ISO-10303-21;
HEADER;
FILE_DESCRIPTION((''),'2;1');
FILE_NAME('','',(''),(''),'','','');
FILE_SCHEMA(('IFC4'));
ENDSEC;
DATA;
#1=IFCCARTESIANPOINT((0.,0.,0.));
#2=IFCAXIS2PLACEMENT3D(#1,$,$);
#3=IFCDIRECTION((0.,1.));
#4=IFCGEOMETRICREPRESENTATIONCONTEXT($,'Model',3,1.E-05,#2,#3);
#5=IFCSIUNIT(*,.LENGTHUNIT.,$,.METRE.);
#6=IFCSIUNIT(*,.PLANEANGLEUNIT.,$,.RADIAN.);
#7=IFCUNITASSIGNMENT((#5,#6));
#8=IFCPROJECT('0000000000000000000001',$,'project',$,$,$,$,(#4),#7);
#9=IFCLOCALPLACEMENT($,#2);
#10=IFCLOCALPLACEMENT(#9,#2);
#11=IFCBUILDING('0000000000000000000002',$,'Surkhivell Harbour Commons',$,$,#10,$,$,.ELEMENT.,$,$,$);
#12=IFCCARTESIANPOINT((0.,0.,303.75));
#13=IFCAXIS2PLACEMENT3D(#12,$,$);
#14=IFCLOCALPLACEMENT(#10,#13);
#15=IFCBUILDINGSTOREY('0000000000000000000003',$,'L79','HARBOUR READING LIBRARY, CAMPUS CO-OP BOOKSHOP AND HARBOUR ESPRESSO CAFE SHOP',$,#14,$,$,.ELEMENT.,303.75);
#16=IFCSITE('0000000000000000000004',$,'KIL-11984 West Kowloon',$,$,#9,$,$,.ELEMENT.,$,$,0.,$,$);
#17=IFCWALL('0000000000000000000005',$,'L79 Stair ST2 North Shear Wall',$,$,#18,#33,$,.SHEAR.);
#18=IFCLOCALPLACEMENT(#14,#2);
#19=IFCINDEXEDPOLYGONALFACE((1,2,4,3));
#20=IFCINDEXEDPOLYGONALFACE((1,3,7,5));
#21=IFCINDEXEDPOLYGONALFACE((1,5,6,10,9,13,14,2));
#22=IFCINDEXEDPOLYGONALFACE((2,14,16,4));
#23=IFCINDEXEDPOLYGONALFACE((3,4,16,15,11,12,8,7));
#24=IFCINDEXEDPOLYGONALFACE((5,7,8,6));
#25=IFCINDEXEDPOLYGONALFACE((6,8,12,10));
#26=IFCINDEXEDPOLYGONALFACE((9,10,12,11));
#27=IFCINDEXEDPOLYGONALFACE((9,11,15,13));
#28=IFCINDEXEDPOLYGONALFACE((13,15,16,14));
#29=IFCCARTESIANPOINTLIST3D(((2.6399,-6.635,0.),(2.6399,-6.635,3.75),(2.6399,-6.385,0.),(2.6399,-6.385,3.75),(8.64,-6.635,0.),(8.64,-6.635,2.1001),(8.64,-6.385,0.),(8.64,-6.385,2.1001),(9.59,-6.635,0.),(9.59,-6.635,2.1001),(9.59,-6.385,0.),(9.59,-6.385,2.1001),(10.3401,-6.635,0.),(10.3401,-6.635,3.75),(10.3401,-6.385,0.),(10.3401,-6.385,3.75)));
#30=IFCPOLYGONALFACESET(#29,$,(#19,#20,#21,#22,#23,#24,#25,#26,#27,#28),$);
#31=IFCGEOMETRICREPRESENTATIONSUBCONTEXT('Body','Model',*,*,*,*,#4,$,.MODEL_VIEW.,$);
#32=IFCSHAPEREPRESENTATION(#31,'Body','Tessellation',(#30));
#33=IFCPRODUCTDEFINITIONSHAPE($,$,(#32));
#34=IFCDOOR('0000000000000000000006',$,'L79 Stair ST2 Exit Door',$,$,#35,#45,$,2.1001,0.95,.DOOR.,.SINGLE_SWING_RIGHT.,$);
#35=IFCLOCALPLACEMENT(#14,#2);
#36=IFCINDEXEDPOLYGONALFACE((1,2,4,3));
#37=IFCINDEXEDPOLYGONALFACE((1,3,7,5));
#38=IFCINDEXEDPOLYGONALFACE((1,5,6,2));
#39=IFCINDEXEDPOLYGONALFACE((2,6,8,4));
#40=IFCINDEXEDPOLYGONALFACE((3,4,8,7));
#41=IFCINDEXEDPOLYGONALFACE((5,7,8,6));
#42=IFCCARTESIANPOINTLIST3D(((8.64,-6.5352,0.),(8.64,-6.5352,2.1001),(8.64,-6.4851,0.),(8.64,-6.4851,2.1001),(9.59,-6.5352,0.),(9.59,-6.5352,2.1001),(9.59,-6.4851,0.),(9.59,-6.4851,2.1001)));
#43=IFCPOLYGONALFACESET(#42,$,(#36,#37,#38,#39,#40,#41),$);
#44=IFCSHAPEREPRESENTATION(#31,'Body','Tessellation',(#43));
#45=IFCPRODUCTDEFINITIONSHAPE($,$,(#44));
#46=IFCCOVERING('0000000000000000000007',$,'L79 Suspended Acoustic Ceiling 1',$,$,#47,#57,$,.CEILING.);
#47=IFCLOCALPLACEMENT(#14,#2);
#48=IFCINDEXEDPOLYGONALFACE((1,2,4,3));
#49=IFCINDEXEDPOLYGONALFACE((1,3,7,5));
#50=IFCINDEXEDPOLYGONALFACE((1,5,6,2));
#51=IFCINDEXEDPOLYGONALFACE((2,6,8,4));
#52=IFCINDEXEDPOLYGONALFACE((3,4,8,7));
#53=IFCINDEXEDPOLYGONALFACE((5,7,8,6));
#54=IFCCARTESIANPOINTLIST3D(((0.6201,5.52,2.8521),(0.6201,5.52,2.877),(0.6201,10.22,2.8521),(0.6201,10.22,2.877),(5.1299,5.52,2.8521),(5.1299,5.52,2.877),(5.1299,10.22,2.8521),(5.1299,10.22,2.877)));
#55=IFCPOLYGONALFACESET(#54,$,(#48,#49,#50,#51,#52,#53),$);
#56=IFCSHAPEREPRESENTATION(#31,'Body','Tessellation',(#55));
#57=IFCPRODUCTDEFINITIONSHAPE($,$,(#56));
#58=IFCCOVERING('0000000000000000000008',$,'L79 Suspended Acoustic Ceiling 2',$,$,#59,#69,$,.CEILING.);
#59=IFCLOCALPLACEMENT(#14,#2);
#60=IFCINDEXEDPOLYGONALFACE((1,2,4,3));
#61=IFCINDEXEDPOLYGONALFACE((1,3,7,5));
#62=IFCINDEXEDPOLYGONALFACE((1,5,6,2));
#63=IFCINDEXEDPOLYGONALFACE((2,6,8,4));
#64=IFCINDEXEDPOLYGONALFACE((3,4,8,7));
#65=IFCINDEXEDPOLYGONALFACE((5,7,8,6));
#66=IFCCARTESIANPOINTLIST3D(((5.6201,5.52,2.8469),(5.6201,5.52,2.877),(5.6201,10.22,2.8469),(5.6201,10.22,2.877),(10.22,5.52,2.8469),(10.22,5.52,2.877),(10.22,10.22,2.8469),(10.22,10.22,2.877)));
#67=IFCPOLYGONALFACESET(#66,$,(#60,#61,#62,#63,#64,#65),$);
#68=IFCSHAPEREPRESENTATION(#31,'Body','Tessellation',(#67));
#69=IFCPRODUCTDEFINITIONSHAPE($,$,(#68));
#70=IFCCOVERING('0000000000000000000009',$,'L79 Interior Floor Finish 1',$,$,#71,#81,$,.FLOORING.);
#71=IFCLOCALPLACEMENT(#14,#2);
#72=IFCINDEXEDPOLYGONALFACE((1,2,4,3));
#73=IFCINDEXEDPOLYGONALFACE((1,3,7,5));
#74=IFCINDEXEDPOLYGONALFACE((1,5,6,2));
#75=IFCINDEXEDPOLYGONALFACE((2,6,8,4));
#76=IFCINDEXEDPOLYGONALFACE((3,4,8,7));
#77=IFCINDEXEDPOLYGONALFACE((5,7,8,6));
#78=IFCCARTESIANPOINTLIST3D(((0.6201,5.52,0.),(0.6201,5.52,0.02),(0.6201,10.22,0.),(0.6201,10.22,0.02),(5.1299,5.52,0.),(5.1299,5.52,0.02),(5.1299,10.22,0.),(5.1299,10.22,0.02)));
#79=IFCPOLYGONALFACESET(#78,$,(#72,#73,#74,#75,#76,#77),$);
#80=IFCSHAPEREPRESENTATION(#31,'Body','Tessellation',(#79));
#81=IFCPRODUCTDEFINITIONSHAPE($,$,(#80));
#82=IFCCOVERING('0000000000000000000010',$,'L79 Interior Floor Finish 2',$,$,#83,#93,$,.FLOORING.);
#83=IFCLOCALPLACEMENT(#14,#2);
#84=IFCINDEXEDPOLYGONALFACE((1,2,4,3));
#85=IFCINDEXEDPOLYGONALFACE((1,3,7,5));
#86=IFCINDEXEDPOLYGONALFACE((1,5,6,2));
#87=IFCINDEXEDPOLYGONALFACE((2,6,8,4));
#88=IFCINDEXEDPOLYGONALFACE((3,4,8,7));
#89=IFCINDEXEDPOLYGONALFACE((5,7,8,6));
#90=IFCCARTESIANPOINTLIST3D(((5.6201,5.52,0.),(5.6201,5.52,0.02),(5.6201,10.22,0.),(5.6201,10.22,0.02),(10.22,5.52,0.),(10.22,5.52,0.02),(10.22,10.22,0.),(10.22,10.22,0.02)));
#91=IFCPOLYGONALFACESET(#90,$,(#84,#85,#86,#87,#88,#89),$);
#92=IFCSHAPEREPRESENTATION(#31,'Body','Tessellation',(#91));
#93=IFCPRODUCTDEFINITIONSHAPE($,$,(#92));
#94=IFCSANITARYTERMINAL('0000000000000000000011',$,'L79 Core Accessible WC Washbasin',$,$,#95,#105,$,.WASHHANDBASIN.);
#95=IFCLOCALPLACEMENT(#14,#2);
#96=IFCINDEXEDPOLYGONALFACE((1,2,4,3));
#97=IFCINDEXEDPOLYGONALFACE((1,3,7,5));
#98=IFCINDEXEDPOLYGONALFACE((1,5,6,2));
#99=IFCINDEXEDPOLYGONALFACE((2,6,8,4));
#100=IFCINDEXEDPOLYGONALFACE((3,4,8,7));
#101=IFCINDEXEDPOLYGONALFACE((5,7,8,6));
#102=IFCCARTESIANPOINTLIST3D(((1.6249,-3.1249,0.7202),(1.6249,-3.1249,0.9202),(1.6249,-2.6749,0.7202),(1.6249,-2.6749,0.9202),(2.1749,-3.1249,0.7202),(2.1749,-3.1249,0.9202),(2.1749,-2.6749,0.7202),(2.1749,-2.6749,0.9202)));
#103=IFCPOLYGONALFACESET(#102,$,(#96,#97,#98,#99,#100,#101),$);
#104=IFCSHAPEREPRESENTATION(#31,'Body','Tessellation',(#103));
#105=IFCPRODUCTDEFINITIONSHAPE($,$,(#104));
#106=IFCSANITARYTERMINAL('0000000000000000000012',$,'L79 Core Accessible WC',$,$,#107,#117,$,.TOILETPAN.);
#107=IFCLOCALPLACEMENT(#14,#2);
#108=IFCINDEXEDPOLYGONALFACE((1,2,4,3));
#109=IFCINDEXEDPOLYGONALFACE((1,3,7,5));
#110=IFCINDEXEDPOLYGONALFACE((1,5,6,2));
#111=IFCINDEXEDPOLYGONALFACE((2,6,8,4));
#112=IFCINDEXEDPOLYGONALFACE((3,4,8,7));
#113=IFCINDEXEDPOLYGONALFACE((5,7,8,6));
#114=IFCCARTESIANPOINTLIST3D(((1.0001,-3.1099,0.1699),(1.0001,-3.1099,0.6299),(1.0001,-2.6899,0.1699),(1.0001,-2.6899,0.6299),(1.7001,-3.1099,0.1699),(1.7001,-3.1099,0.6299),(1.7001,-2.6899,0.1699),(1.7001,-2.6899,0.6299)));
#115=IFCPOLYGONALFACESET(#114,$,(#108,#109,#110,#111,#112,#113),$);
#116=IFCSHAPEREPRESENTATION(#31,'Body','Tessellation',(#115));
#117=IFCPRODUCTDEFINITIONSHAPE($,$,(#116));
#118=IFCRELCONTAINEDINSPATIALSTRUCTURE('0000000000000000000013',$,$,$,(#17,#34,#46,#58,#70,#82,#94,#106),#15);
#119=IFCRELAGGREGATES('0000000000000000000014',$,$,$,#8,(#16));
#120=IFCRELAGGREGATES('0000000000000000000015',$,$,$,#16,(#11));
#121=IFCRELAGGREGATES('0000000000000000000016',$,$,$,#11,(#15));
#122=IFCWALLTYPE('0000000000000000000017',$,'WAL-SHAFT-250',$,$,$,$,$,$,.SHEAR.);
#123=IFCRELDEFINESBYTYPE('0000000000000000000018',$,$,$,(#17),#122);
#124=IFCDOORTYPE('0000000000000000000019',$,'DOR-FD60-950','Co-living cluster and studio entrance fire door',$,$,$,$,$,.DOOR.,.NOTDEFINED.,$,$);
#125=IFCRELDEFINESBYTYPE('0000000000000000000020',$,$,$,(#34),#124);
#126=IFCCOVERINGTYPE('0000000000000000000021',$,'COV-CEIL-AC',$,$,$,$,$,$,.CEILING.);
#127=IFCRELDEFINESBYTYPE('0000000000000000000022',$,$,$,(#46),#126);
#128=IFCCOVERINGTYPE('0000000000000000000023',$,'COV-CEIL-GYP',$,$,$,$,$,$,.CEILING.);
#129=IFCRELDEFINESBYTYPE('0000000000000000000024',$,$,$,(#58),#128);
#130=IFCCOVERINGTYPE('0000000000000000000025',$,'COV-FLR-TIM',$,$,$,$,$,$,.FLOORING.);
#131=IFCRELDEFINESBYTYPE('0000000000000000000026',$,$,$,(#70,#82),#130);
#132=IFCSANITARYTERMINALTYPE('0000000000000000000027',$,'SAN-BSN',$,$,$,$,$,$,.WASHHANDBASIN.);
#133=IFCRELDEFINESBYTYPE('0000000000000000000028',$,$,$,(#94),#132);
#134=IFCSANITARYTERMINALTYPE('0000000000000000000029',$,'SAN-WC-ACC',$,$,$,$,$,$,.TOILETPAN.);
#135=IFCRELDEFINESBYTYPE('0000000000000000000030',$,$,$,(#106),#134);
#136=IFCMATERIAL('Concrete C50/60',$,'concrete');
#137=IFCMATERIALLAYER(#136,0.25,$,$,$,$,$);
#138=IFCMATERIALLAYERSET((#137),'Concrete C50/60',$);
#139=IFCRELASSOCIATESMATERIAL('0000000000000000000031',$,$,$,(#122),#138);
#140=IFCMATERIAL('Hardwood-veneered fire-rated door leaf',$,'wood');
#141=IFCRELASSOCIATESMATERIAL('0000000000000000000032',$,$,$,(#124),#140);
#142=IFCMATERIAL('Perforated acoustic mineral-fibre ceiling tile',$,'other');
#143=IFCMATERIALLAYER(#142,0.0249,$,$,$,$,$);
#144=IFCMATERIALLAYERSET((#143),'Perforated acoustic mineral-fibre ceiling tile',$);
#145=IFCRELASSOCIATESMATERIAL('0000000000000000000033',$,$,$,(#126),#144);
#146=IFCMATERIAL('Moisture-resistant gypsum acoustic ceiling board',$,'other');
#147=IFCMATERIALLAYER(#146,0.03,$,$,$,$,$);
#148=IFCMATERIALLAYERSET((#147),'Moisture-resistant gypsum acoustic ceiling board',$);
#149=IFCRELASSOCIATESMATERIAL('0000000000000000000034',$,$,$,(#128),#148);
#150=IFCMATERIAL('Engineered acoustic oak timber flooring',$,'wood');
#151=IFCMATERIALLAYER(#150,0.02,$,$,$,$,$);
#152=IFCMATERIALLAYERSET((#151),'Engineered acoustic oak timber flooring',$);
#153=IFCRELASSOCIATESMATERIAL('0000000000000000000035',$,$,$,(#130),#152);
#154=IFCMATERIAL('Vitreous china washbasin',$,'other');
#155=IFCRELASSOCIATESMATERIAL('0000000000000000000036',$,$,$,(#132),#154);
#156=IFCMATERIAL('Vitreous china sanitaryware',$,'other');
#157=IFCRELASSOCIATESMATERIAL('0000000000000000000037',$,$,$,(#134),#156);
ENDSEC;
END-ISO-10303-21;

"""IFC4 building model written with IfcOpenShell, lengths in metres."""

from ifc_helpers import new_model, si_unit, direction, frame, frame_2d, origin, origin_2d, place, context, subcontext, project, spatial, polyline, rectangle, outline, extrude, material, layer, layer_set, type_object, element, fill, save


model = new_model("IFC4")

# Units and contexts
model_context = context("Model", 3, precision=1e-05, world=origin(), true_north=direction((0.0, 1.0)))
body_context = subcontext(model_context, "Body", "Model", "MODEL_VIEW")
ifc_project = project(units=[si_unit("LENGTHUNIT", "METRE"), si_unit("PLANEANGLEUNIT", "RADIAN")], contexts=[model_context])

# Site, building, storey
site_placement = place(None, origin())
site = spatial("IfcSite", under=ifc_project, at=site_placement, Name="KIL-11984 West Kowloon", CompositionType="ELEMENT", RefElevation=0.0)
building_placement = place(site_placement, origin())
building = spatial("IfcBuilding", under=site, at=building_placement, Name="Surkhivell Harbour Commons", CompositionType="ELEMENT")
storey_placement = place(building_placement, frame((0.0, 0.0, 303.75)))
storey = spatial("IfcBuildingStorey", under=building, at=storey_placement, Name="L79", Description="HARBOUR READING LIBRARY, CAMPUS CO-OP BOOKSHOP AND HARBOUR ESPRESSO CAFE SHOP", CompositionType="ELEMENT", Elevation=303.75)

# Shared definitions
ifc_material_1 = material(Name="Hardwood-veneered fire-rated door leaf", Category="wood")

# Shared definitions
ifc_material_2 = material(Name="Concrete C50/60", Category="concrete")
ifc_layer_1 = layer(ifc_material_2, 0.25)
ifc_layer_set_1 = layer_set([ifc_layer_1], Name="Concrete C50/60")
wall_type_1 = type_object("IfcWallType", Name="WAL-SHAFT-250", PredefinedType="SHEAR", material=ifc_layer_set_1)

# Wall, opening, door
wall_1_placement = place(storey_placement, frame((2.6399, -6.51, 0.0), z_axis=(0.0, 0.0, 1.0), x_axis=(1.0, 0.0, 0.0)))
wall_1 = element("IfcWall", 1, at=wall_1_placement, inside=storey, type_object=wall_type_1, Name="L79 Stair ST2 North Shear Wall", PredefinedType="SHEAR", context=body_context, shape_type="SweptSolid", body=[
    extrude(rectangle(XDim=7.7002, YDim=0.25, at=frame_2d((3.8501, 0.0))), origin(), (0.0, 0.0, 1.0), 3.75),
])
opening_1_placement = place(wall_1_placement, frame((6.0, 0.0, 0.0)))
opening_1 = element("IfcOpeningElement", 2, at=opening_1_placement, cuts=wall_1, PredefinedType="OPENING", context=body_context, shape_type="SweptSolid", body=[
    extrude(rectangle(XDim=0.95, YDim=2.1001, at=frame_2d((0.4751, 1.05))), frame((0.0, 0.135, 0.0), z_axis=(0.0, -1.0, 0.0), x_axis=(1.0, 0.0, 0.0)), (0.0, 0.0, 1.0), 0.27),
])
door_type_1 = type_object("IfcDoorType", Name="DOR-FD60-950", Description="Co-living cluster and studio entrance fire door", OperationType="NOTDEFINED", PredefinedType="DOOR", material=ifc_material_1)
door_1_placement = place(opening_1_placement, origin())
door_1 = element("IfcDoor", 3, at=door_1_placement, inside=storey, type_object=door_type_1, Name="L79 Stair ST2 Exit Door", OperationType="SINGLE_SWING_RIGHT", OverallHeight=2.1001, OverallWidth=0.95, PredefinedType="DOOR", context=body_context, shape_type="SweptSolid", body=[
    extrude(rectangle(XDim=0.95, YDim=2.1001, at=frame_2d((0.4751, 1.05))), frame((0.0, 0.0249, 0.0), z_axis=(0.0, -1.0, 0.0), x_axis=(1.0, 0.0, 0.0)), (0.0, 0.0, 1.0), 0.05),
])
fill(opening_1, door_1)

# Coverings
ifc_material_3 = material(Name="Perforated acoustic mineral-fibre ceiling tile", Category="other")
ifc_layer_2 = layer(ifc_material_3, 0.0249)
ifc_layer_set_2 = layer_set([ifc_layer_2], Name="Perforated acoustic mineral-fibre ceiling tile")
covering_type_1 = type_object("IfcCoveringType", Name="COV-CEIL-AC", PredefinedType="CEILING", material=ifc_layer_set_2)
covering_1_placement = place(storey_placement, frame((0.0, 0.0, 2.8521)))
element("IfcCovering", 4, at=covering_1_placement, inside=storey, type_object=covering_type_1, Name="L79 Suspended Acoustic Ceiling 1", PredefinedType="CEILING", context=body_context, shape_type="SweptSolid", body=[
    extrude(outline(polyline([(0.6201, 5.52), (5.1299, 5.52), (5.1299, 10.22), (0.6201, 10.22), (0.6201, 5.52)])), origin(), (0.0, 0.0, 1.0), 0.0249),
])
ifc_material_4 = material(Name="Moisture-resistant gypsum acoustic ceiling board", Category="other")
ifc_layer_3 = layer(ifc_material_4, 0.03)
ifc_layer_set_3 = layer_set([ifc_layer_3], Name="Moisture-resistant gypsum acoustic ceiling board")
covering_type_2 = type_object("IfcCoveringType", Name="COV-CEIL-GYP", PredefinedType="CEILING", material=ifc_layer_set_3)
covering_2_placement = place(storey_placement, frame((0.0, 0.0, 2.8469)))
element("IfcCovering", 5, at=covering_2_placement, inside=storey, type_object=covering_type_2, Name="L79 Suspended Acoustic Ceiling 2", PredefinedType="CEILING", context=body_context, shape_type="SweptSolid", body=[
    extrude(outline(polyline([(5.6201, 5.52), (10.22, 5.52), (10.22, 10.22), (5.6201, 10.22), (5.6201, 5.52)])), origin(), (0.0, 0.0, 1.0), 0.03),
])
ifc_material_5 = material(Name="Engineered acoustic oak timber flooring", Category="wood")
ifc_layer_4 = layer(ifc_material_5, 0.02)
ifc_layer_set_4 = layer_set([ifc_layer_4], Name="Engineered acoustic oak timber flooring")
covering_type_3 = type_object("IfcCoveringType", Name="COV-FLR-TIM", PredefinedType="FLOORING", material=ifc_layer_set_4)
covering_3_placement = place(storey_placement, origin())
element("IfcCovering", 6, at=covering_3_placement, inside=storey, type_object=covering_type_3, Name="L79 Interior Floor Finish 1", PredefinedType="FLOORING", context=body_context, shape_type="SweptSolid", body=[
    extrude(outline(polyline([(0.6201, 5.52), (5.1299, 5.52), (5.1299, 10.22), (0.6201, 10.22), (0.6201, 5.52)])), origin(), (0.0, 0.0, 1.0), 0.02),
])
covering_4_placement = place(storey_placement, origin())
element("IfcCovering", 7, at=covering_4_placement, inside=storey, type_object=covering_type_3, Name="L79 Interior Floor Finish 2", PredefinedType="FLOORING", context=body_context, shape_type="SweptSolid", body=[
    extrude(outline(polyline([(5.6201, 5.52), (10.22, 5.52), (10.22, 10.22), (5.6201, 10.22), (5.6201, 5.52)])), origin(), (0.0, 0.0, 1.0), 0.02),
])

# Sanitary terminals
ifc_material_6 = material(Name="Vitreous china washbasin", Category="other")
sanitary_terminal_type_1 = type_object("IfcSanitaryTerminalType", Name="SAN-BSN", PredefinedType="WASHHANDBASIN", material=ifc_material_6)
sanitary_terminal_1_placement = place(storey_placement, frame((1.8999, -2.8999, 0.7202), z_axis=(0.0, 0.0, 1.0), x_axis=(1.0, 0.0, 0.0)))
element("IfcSanitaryTerminal", 8, at=sanitary_terminal_1_placement, inside=storey, type_object=sanitary_terminal_type_1, Name="L79 Core Accessible WC Washbasin", PredefinedType="WASHHANDBASIN", context=body_context, shape_type="SweptSolid", body=[
    extrude(rectangle(XDim=0.55, YDim=0.45, at=origin_2d()), origin(), (0.0, 0.0, 1.0), 0.2),
])
ifc_material_7 = material(Name="Vitreous china sanitaryware", Category="other")
sanitary_terminal_type_2 = type_object("IfcSanitaryTerminalType", Name="SAN-WC-ACC", PredefinedType="TOILETPAN", material=ifc_material_7)
sanitary_terminal_2_placement = place(storey_placement, frame((1.3501, -2.8999, 0.1699), z_axis=(0.0, 0.0, 1.0), x_axis=(1.0, 0.0, 0.0)))
element("IfcSanitaryTerminal", 9, at=sanitary_terminal_2_placement, inside=storey, type_object=sanitary_terminal_type_2, Name="L79 Core Accessible WC", PredefinedType="TOILETPAN", context=body_context, shape_type="SweptSolid", body=[
    extrude(rectangle(XDim=0.7, YDim=0.4199, at=origin_2d()), origin(), (0.0, 0.0, 1.0), 0.46),
])

save(model, "model.ifc")
